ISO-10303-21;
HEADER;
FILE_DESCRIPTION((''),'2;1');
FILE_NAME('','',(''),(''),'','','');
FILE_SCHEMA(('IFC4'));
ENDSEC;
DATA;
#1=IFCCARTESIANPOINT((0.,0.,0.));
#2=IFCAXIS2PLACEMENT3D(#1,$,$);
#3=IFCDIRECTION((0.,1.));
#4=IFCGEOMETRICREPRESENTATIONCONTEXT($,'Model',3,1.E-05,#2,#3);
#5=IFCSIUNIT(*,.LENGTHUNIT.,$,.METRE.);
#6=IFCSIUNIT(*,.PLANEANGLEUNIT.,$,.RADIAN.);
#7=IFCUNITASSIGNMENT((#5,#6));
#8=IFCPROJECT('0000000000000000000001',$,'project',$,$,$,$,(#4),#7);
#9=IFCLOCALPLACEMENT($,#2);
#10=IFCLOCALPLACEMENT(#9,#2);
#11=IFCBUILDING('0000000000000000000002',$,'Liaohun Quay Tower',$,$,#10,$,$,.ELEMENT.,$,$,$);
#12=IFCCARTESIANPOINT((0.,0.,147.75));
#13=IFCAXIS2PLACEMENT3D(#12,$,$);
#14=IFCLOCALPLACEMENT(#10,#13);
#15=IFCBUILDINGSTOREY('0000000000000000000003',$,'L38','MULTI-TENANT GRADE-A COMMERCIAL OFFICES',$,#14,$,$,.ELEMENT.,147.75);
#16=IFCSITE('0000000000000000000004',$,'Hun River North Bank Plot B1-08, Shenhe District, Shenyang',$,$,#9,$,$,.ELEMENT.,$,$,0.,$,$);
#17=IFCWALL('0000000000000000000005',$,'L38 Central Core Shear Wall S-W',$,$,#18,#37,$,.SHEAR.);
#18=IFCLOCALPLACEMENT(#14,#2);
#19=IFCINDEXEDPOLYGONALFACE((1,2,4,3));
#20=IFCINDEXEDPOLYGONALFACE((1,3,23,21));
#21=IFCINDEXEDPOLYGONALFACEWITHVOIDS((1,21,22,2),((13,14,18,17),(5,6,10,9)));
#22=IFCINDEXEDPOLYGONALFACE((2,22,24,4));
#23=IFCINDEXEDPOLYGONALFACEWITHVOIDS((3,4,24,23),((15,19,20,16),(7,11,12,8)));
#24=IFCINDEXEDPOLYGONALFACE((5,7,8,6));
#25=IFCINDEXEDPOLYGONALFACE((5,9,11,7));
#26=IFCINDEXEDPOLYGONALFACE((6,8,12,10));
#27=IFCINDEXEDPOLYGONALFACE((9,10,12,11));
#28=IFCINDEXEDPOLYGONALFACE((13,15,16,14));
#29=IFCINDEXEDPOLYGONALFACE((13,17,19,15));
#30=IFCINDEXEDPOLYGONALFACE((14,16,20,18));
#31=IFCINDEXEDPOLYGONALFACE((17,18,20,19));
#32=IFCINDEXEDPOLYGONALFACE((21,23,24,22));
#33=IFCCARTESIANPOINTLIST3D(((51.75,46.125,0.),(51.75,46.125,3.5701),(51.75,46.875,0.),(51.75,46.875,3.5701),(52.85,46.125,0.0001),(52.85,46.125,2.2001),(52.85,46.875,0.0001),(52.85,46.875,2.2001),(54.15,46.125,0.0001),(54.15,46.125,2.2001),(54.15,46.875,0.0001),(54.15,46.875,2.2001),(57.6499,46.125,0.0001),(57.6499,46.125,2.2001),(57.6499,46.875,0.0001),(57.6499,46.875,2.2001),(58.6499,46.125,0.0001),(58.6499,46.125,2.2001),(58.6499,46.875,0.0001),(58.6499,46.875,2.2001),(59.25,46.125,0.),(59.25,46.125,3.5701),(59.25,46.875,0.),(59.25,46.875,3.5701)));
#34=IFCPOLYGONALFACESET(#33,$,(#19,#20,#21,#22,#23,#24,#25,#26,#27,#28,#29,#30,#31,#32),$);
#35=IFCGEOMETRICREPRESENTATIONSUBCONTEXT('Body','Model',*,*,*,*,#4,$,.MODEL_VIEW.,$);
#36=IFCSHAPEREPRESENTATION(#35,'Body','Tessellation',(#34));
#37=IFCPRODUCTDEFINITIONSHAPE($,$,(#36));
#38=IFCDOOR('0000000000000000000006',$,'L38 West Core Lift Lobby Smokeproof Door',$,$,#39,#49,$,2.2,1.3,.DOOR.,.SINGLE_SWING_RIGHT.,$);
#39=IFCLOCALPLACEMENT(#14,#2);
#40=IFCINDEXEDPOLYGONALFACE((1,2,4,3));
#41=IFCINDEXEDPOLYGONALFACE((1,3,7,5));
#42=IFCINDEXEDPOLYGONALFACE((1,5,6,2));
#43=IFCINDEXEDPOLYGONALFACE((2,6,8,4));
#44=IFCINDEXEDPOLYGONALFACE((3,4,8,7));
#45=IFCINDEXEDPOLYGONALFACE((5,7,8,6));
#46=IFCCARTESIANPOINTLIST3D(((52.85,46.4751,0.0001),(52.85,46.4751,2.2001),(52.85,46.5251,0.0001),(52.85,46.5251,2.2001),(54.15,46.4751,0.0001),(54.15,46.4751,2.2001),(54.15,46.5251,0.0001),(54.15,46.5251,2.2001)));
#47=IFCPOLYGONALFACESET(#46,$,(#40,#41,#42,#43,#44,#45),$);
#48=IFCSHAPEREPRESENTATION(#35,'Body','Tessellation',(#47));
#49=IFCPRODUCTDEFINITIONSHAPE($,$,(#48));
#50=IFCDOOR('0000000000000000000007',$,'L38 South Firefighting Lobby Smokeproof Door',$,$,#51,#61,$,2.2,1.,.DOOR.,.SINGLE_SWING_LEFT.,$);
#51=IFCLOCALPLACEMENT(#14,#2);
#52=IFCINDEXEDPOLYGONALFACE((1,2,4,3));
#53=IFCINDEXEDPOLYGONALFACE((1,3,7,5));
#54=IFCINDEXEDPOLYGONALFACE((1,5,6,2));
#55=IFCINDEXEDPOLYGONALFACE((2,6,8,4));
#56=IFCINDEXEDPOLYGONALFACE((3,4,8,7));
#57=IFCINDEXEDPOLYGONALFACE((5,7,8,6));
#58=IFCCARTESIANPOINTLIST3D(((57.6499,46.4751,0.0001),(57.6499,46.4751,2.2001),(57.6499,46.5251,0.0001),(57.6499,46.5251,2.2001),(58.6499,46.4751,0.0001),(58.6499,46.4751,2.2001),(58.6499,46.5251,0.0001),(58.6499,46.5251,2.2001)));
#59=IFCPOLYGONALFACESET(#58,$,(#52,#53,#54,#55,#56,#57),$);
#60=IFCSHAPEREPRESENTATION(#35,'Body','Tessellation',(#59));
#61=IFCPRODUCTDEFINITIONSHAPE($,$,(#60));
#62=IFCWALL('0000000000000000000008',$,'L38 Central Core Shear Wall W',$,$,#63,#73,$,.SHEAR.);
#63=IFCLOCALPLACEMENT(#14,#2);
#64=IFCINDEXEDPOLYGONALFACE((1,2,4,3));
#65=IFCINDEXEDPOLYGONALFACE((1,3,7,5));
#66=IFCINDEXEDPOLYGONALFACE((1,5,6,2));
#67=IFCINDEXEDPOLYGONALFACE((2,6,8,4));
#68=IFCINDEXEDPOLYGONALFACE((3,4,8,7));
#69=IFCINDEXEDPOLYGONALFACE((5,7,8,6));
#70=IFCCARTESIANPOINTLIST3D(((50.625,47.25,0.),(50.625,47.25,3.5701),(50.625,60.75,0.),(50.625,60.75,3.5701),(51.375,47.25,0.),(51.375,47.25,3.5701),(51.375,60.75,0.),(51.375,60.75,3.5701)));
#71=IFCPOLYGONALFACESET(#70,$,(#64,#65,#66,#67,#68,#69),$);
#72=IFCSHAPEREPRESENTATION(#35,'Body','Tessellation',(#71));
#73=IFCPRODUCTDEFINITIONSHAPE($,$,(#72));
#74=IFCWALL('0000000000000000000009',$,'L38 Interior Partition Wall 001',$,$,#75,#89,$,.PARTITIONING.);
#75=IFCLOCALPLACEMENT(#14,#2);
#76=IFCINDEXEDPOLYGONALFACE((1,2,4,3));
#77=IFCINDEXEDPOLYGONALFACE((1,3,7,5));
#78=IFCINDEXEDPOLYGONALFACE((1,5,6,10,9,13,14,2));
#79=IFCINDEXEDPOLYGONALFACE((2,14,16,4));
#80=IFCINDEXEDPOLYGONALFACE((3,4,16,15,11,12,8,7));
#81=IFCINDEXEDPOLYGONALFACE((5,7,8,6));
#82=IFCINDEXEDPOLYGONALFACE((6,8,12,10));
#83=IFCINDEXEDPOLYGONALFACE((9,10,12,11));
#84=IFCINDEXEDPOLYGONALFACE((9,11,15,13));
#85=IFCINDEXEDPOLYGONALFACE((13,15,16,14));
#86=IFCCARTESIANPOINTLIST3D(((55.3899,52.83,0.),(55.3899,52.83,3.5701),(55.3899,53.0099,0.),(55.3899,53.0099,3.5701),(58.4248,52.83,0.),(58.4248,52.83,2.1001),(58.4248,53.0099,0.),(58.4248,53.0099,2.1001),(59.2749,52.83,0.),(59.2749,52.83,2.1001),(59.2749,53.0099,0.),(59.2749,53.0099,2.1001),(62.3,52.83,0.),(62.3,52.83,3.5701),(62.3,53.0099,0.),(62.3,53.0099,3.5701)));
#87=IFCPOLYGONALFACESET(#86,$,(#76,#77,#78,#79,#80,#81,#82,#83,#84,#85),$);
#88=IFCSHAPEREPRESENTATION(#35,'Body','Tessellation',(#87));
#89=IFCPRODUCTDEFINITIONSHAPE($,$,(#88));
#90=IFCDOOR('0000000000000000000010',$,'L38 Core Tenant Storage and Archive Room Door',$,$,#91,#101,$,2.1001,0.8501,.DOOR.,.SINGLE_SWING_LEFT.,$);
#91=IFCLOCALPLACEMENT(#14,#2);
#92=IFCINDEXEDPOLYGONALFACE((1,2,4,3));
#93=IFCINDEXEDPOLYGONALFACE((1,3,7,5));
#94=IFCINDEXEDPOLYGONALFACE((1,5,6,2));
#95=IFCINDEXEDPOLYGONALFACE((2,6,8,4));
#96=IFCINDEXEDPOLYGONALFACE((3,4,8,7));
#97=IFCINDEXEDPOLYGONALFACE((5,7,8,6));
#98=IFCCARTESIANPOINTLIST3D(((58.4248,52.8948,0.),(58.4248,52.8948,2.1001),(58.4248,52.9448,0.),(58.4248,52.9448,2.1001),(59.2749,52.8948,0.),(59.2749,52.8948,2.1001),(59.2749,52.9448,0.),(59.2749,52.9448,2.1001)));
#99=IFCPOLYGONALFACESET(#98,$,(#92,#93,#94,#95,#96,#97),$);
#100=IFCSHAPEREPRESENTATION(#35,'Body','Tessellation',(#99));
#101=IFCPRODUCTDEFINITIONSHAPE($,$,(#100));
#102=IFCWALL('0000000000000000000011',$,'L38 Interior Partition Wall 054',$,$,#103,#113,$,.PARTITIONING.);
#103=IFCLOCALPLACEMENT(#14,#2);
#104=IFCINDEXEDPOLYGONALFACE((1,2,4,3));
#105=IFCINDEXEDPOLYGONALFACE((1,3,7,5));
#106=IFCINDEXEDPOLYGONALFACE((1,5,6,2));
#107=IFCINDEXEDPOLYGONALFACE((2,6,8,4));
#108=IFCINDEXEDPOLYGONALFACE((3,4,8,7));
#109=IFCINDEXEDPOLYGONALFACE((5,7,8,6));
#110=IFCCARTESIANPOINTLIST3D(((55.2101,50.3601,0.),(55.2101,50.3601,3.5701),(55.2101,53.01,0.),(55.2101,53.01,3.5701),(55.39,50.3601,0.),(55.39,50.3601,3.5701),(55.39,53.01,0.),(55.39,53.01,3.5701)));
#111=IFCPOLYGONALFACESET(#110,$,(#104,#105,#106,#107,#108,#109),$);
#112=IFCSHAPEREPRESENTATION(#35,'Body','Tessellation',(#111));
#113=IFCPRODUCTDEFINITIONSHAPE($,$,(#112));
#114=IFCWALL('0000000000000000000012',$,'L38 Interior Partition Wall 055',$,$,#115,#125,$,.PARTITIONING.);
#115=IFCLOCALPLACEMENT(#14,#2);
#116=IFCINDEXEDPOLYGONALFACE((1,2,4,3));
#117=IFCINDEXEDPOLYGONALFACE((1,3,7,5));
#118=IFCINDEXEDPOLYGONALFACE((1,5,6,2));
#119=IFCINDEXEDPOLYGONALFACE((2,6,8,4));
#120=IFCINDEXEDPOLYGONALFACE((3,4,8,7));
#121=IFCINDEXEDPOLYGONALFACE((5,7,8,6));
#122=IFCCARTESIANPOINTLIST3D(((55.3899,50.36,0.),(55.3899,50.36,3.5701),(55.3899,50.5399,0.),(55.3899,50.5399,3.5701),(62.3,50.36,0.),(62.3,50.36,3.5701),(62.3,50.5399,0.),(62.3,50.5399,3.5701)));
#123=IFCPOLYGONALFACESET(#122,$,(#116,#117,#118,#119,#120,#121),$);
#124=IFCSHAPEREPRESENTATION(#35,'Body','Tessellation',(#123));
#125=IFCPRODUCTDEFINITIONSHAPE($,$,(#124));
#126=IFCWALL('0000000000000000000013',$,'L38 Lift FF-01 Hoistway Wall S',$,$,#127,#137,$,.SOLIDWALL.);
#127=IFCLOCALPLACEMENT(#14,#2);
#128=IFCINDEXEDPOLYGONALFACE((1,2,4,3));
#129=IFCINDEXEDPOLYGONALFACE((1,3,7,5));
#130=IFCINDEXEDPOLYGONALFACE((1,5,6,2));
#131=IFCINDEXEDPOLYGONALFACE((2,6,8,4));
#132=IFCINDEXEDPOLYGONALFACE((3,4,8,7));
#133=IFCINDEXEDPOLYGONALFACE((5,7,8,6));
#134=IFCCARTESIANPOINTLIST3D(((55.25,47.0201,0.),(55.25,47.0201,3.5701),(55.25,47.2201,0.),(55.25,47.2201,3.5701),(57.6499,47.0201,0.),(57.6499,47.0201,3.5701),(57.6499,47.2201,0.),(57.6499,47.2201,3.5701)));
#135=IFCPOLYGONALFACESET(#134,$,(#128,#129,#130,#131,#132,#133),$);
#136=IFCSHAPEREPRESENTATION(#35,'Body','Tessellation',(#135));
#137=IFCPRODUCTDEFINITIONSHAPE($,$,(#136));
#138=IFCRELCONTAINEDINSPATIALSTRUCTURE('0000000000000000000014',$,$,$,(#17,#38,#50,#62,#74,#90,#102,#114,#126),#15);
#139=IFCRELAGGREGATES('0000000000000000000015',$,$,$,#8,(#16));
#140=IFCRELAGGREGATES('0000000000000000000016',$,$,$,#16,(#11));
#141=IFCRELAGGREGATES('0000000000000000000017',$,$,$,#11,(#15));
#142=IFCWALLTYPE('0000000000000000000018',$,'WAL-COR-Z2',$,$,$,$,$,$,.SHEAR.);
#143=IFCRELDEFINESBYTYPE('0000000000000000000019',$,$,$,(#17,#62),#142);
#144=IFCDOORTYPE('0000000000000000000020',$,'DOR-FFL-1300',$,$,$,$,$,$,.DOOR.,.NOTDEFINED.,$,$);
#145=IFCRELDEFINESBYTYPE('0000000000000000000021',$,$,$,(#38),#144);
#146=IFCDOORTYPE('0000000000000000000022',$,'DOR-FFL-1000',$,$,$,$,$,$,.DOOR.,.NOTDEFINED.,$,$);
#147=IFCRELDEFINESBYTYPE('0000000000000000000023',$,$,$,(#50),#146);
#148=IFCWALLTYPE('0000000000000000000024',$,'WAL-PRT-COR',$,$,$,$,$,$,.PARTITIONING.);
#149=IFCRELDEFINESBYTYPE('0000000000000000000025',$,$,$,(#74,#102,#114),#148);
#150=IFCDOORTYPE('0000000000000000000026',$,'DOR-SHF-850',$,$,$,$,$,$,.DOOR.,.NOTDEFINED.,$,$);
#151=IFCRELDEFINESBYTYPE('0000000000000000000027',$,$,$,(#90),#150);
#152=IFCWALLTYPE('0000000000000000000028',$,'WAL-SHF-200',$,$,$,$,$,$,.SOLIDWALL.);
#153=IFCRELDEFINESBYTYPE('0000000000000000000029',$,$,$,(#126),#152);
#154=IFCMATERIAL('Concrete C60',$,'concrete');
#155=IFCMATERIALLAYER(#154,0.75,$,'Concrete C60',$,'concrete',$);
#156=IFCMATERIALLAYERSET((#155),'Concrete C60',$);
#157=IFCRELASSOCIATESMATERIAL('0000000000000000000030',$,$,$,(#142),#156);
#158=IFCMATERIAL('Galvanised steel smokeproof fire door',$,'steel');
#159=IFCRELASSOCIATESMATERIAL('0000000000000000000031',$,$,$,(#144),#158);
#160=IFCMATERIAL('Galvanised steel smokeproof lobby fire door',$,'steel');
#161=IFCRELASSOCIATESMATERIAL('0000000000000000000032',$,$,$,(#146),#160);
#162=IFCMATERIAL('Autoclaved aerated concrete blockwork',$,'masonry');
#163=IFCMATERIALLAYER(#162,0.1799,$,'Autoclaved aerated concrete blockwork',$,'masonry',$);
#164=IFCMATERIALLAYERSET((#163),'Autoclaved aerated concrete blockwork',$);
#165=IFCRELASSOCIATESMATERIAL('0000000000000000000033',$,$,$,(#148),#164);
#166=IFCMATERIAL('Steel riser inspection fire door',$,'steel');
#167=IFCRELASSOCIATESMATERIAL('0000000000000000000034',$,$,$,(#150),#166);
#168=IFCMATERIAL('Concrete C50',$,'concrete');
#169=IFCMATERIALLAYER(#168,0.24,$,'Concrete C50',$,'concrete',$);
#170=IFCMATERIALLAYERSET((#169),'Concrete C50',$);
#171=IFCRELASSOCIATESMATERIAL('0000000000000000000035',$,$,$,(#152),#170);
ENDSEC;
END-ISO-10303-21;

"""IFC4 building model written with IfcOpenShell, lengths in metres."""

from ifc_helpers import new_model, si_unit, direction, frame, frame_2d, origin, place, context, subcontext, project, spatial, rectangle, extrude, source, transform, mapped, material, layer, layer_set, type_object, element, fill, save


model = new_model("IFC4")

# Units and contexts
model_context = context("Model", 3, precision=1e-05, world=origin(), true_north=direction((0.0, 1.0)))
body_context = subcontext(model_context, "Body", "Model", "MODEL_VIEW")
ifc_project = project(units=[si_unit("LENGTHUNIT", "METRE"), si_unit("PLANEANGLEUNIT", "RADIAN")], contexts=[model_context])

# Site, building, storey
site_placement = place(None, origin())
site = spatial("IfcSite", under=ifc_project, at=site_placement, Name="Hun River North Bank Plot B1-08, Shenhe District, Shenyang", CompositionType="ELEMENT", RefElevation=0.0)
building_placement = place(site_placement, origin())
building = spatial("IfcBuilding", under=site, at=building_placement, Name="Liaohun Quay Tower", CompositionType="ELEMENT")
storey_placement = place(building_placement, frame((0.0, 0.0, 147.75)))
storey = spatial("IfcBuildingStorey", under=building, at=storey_placement, Name="L38", Description="MULTI-TENANT GRADE-A COMMERCIAL OFFICES", CompositionType="ELEMENT", Elevation=147.75)

# Wall, openings, doors
ifc_material_1 = material(Name="Concrete C60", Category="concrete")
ifc_layer_1 = layer(ifc_material_1, 0.75, Name="Concrete C60", Category="concrete")
ifc_layer_set_1 = layer_set([ifc_layer_1], Name="Concrete C60")
wall_type_1 = type_object("IfcWallType", Name="WAL-COR-Z2", PredefinedType="SHEAR", material=ifc_layer_set_1)
wall_1_placement = place(storey_placement, frame((59.25, 46.5, 0.0), z_axis=(0.0, 0.0, 1.0), x_axis=(-1.0, 0.0, 0.0)))
wall_1 = element("IfcWall", 1, at=wall_1_placement, inside=storey, type_object=wall_type_1, Name="L38 Central Core Shear Wall S-W", PredefinedType="SHEAR", context=body_context, shape_type="SweptSolid", body=[
    extrude(rectangle(XDim=7.5, YDim=0.75, at=frame_2d((3.75, 0.0))), origin(), (0.0, 0.0, 1.0), 3.5701),
])
shared_shape_1 = source(origin(), body_context, "Body", "SweptSolid", [
    extrude(rectangle(XDim=1.3, YDim=2.2, at=frame_2d((0.6499, 1.1001))), frame((0.0, 0.385, 0.0), z_axis=(0.0, -1.0, 0.0), x_axis=(1.0, 0.0, 0.0)), (0.0, 0.0, 1.0), 0.77),
])
opening_1_placement = place(wall_1_placement, frame((5.1001, 0.0, 0.0)))
opening_1 = element("IfcOpeningElement", 2, at=opening_1_placement, cuts=wall_1, PredefinedType="OPENING", context=body_context, shape_type="MappedRepresentation", body=[
    mapped(shared_shape_1, transform((0.0, 0.0, 0.0), x_axis=(1.0, 0.0, 0.0), y_axis=(0.0, 1.0, 0.0), z_axis=(0.0, 0.0, 1.0), scale=1.0)),
])
shared_shape_2 = source(origin(), body_context, "Body", "SweptSolid", [
    extrude(rectangle(XDim=1.0, YDim=2.2, at=frame_2d((0.5, 1.1001))), frame((0.0, 0.385, 0.0), z_axis=(0.0, -1.0, 0.0), x_axis=(1.0, 0.0, 0.0)), (0.0, 0.0, 1.0), 0.77),
])
opening_2_placement = place(wall_1_placement, frame((0.6001, 0.0, 0.0)))
opening_2 = element("IfcOpeningElement", 3, at=opening_2_placement, cuts=wall_1, PredefinedType="OPENING", context=body_context, shape_type="MappedRepresentation", body=[
    mapped(shared_shape_2, transform((0.0, 0.0, 0.0), x_axis=(1.0, 0.0, 0.0), y_axis=(0.0, 1.0, 0.0), z_axis=(0.0, 0.0, 1.0), scale=1.0)),
])
ifc_material_2 = material(Name="Galvanised steel smokeproof fire door", Category="steel")
door_type_1 = type_object("IfcDoorType", Name="DOR-FFL-1300", OperationType="NOTDEFINED", PredefinedType="DOOR", material=ifc_material_2)
shared_shape_3 = source(origin(), body_context, "Body", "SweptSolid", [
    extrude(rectangle(XDim=1.3, YDim=2.2, at=frame_2d((0.6499, 1.1001))), frame((0.0, 0.0249, 0.0), z_axis=(0.0, -1.0, 0.0), x_axis=(1.0, 0.0, 0.0)), (0.0, 0.0, 1.0), 0.05),
])
door_1_placement = place(opening_1_placement, origin())
door_1 = element("IfcDoor", 4, at=door_1_placement, inside=storey, type_object=door_type_1, Name="L38 West Core Lift Lobby Smokeproof Door", OperationType="SINGLE_SWING_RIGHT", OverallHeight=2.2, OverallWidth=1.3, PredefinedType="DOOR", context=body_context, shape_type="MappedRepresentation", body=[
    mapped(shared_shape_3, transform((0.0, 0.0, 0.0), x_axis=(1.0, 0.0, 0.0), y_axis=(0.0, 1.0, 0.0), z_axis=(0.0, 0.0, 1.0), scale=1.0)),
])
fill(opening_1, door_1)
ifc_material_3 = material(Name="Galvanised steel smokeproof lobby fire door", Category="steel")
door_type_2 = type_object("IfcDoorType", Name="DOR-FFL-1000", OperationType="NOTDEFINED", PredefinedType="DOOR", material=ifc_material_3)
shared_shape_4 = source(origin(), body_context, "Body", "SweptSolid", [
    extrude(rectangle(XDim=1.0, YDim=2.2, at=frame_2d((0.5, 1.1001))), frame((0.0, 0.0249, 0.0), z_axis=(0.0, -1.0, 0.0), x_axis=(1.0, 0.0, 0.0)), (0.0, 0.0, 1.0), 0.05),
])
door_2_placement = place(opening_2_placement, origin())
door_2 = element("IfcDoor", 5, at=door_2_placement, inside=storey, type_object=door_type_2, Name="L38 South Firefighting Lobby Smokeproof Door", OperationType="SINGLE_SWING_LEFT", OverallHeight=2.2, OverallWidth=1.0, PredefinedType="DOOR", context=body_context, shape_type="MappedRepresentation", body=[
    mapped(shared_shape_4, transform((0.0, 0.0, 0.0), x_axis=(1.0, 0.0, 0.0), y_axis=(0.0, 1.0, 0.0), z_axis=(0.0, 0.0, 1.0), scale=1.0)),
])
fill(opening_2, door_2)

# Wall
wall_2_placement = place(storey_placement, frame((51.0, 47.25, 0.0), z_axis=(0.0, 0.0, 1.0), x_axis=(0.0, 1.0, 0.0)))
element("IfcWall", 6, at=wall_2_placement, inside=storey, type_object=wall_type_1, Name="L38 Central Core Shear Wall W", PredefinedType="SHEAR", context=body_context, shape_type="SweptSolid", body=[
    extrude(rectangle(XDim=13.5, YDim=0.75, at=frame_2d((6.75, 0.0))), origin(), (0.0, 0.0, 1.0), 3.5701),
])

# Wall, opening, door
ifc_material_4 = material(Name="Autoclaved aerated concrete blockwork", Category="masonry")
ifc_layer_2 = layer(ifc_material_4, 0.1799, Name="Autoclaved aerated concrete blockwork", Category="masonry")
ifc_layer_set_2 = layer_set([ifc_layer_2], Name="Autoclaved aerated concrete blockwork")
wall_type_2 = type_object("IfcWallType", Name="WAL-PRT-COR", PredefinedType="PARTITIONING", material=ifc_layer_set_2)
wall_3_placement = place(storey_placement, frame((55.3899, 52.9199, 0.0), z_axis=(0.0, 0.0, 1.0), x_axis=(1.0, 0.0, 0.0)))
wall_3 = element("IfcWall", 7, at=wall_3_placement, inside=storey, type_object=wall_type_2, Name="L38 Interior Partition Wall 001", PredefinedType="PARTITIONING", context=body_context, shape_type="SweptSolid", body=[
    extrude(rectangle(XDim=6.9102, YDim=0.1799, at=frame_2d((3.4551, 0.0))), origin(), (0.0, 0.0, 1.0), 3.5701),
])
shared_shape_5 = source(origin(), body_context, "Body", "SweptSolid", [
    extrude(rectangle(XDim=0.8501, YDim=2.1001, at=frame_2d((0.425, 1.05))), frame((0.0, 0.0999, 0.0), z_axis=(0.0, -1.0, 0.0), x_axis=(1.0, 0.0, 0.0)), (0.0, 0.0, 1.0), 0.2),
])
opening_3_placement = place(wall_3_placement, frame((3.0349, 0.0, 0.0)))
opening_3 = element("IfcOpeningElement", 8, at=opening_3_placement, cuts=wall_3, PredefinedType="OPENING", context=body_context, shape_type="MappedRepresentation", body=[
    mapped(shared_shape_5, transform((0.0, 0.0, 0.0), x_axis=(1.0, 0.0, 0.0), y_axis=(0.0, 1.0, 0.0), z_axis=(0.0, 0.0, 1.0), scale=1.0)),
])
ifc_material_5 = material(Name="Steel riser inspection fire door", Category="steel")
door_type_3 = type_object("IfcDoorType", Name="DOR-SHF-850", OperationType="NOTDEFINED", PredefinedType="DOOR", material=ifc_material_5)
shared_shape_6 = source(origin(), body_context, "Body", "SweptSolid", [
    extrude(rectangle(XDim=0.8501, YDim=2.1001, at=frame_2d((0.425, 1.05))), frame((0.0, 0.0249, 0.0), z_axis=(0.0, -1.0, 0.0), x_axis=(1.0, 0.0, 0.0)), (0.0, 0.0, 1.0), 0.05),
])
door_3_placement = place(opening_3_placement, origin())
door_3 = element("IfcDoor", 9, at=door_3_placement, inside=storey, type_object=door_type_3, Name="L38 Core Tenant Storage and Archive Room Door", OperationType="SINGLE_SWING_LEFT", OverallHeight=2.1001, OverallWidth=0.8501, PredefinedType="DOOR", context=body_context, shape_type="MappedRepresentation", body=[
    mapped(shared_shape_6, transform((0.0, 0.0, 0.0), x_axis=(1.0, 0.0, 0.0), y_axis=(0.0, 1.0, 0.0), z_axis=(0.0, 0.0, 1.0), scale=1.0)),
])
fill(opening_3, door_3)

# Walls
wall_4_placement = place(storey_placement, frame((55.3, 50.3601, 0.0), z_axis=(0.0, 0.0, 1.0), x_axis=(0.0, 1.0, 0.0)))
element("IfcWall", 10, at=wall_4_placement, inside=storey, type_object=wall_type_2, Name="L38 Interior Partition Wall 054", PredefinedType="PARTITIONING", context=body_context, shape_type="SweptSolid", body=[
    extrude(rectangle(XDim=2.6499, YDim=0.1799, at=frame_2d((1.325, 0.0))), origin(), (0.0, 0.0, 1.0), 3.5701),
])
wall_5_placement = place(storey_placement, frame((55.3899, 50.45, 0.0), z_axis=(0.0, 0.0, 1.0), x_axis=(1.0, 0.0, 0.0)))
element("IfcWall", 11, at=wall_5_placement, inside=storey, type_object=wall_type_2, Name="L38 Interior Partition Wall 055", PredefinedType="PARTITIONING", context=body_context, shape_type="SweptSolid", body=[
    extrude(rectangle(XDim=6.9102, YDim=0.1799, at=frame_2d((3.4551, 0.0))), origin(), (0.0, 0.0, 1.0), 3.5701),
])
ifc_material_6 = material(Name="Concrete C50", Category="concrete")
ifc_layer_3 = layer(ifc_material_6, 0.24, Name="Concrete C50", Category="concrete")
ifc_layer_set_3 = layer_set([ifc_layer_3], Name="Concrete C50")
wall_type_3 = type_object("IfcWallType", Name="WAL-SHF-200", PredefinedType="SOLIDWALL", material=ifc_layer_set_3)
wall_6_placement = place(storey_placement, frame((55.25, 47.1201, 0.0), z_axis=(0.0, 0.0, 1.0), x_axis=(1.0, 0.0, 0.0)))
element("IfcWall", 12, at=wall_6_placement, inside=storey, type_object=wall_type_3, Name="L38 Lift FF-01 Hoistway Wall S", PredefinedType="SOLIDWALL", context=body_context, shape_type="SweptSolid", body=[
    extrude(rectangle(XDim=2.3999, YDim=0.2, at=frame_2d((1.2, 0.0))), origin(), (0.0, 0.0, 1.0), 3.5701),
])

save(model, "model.ifc")
